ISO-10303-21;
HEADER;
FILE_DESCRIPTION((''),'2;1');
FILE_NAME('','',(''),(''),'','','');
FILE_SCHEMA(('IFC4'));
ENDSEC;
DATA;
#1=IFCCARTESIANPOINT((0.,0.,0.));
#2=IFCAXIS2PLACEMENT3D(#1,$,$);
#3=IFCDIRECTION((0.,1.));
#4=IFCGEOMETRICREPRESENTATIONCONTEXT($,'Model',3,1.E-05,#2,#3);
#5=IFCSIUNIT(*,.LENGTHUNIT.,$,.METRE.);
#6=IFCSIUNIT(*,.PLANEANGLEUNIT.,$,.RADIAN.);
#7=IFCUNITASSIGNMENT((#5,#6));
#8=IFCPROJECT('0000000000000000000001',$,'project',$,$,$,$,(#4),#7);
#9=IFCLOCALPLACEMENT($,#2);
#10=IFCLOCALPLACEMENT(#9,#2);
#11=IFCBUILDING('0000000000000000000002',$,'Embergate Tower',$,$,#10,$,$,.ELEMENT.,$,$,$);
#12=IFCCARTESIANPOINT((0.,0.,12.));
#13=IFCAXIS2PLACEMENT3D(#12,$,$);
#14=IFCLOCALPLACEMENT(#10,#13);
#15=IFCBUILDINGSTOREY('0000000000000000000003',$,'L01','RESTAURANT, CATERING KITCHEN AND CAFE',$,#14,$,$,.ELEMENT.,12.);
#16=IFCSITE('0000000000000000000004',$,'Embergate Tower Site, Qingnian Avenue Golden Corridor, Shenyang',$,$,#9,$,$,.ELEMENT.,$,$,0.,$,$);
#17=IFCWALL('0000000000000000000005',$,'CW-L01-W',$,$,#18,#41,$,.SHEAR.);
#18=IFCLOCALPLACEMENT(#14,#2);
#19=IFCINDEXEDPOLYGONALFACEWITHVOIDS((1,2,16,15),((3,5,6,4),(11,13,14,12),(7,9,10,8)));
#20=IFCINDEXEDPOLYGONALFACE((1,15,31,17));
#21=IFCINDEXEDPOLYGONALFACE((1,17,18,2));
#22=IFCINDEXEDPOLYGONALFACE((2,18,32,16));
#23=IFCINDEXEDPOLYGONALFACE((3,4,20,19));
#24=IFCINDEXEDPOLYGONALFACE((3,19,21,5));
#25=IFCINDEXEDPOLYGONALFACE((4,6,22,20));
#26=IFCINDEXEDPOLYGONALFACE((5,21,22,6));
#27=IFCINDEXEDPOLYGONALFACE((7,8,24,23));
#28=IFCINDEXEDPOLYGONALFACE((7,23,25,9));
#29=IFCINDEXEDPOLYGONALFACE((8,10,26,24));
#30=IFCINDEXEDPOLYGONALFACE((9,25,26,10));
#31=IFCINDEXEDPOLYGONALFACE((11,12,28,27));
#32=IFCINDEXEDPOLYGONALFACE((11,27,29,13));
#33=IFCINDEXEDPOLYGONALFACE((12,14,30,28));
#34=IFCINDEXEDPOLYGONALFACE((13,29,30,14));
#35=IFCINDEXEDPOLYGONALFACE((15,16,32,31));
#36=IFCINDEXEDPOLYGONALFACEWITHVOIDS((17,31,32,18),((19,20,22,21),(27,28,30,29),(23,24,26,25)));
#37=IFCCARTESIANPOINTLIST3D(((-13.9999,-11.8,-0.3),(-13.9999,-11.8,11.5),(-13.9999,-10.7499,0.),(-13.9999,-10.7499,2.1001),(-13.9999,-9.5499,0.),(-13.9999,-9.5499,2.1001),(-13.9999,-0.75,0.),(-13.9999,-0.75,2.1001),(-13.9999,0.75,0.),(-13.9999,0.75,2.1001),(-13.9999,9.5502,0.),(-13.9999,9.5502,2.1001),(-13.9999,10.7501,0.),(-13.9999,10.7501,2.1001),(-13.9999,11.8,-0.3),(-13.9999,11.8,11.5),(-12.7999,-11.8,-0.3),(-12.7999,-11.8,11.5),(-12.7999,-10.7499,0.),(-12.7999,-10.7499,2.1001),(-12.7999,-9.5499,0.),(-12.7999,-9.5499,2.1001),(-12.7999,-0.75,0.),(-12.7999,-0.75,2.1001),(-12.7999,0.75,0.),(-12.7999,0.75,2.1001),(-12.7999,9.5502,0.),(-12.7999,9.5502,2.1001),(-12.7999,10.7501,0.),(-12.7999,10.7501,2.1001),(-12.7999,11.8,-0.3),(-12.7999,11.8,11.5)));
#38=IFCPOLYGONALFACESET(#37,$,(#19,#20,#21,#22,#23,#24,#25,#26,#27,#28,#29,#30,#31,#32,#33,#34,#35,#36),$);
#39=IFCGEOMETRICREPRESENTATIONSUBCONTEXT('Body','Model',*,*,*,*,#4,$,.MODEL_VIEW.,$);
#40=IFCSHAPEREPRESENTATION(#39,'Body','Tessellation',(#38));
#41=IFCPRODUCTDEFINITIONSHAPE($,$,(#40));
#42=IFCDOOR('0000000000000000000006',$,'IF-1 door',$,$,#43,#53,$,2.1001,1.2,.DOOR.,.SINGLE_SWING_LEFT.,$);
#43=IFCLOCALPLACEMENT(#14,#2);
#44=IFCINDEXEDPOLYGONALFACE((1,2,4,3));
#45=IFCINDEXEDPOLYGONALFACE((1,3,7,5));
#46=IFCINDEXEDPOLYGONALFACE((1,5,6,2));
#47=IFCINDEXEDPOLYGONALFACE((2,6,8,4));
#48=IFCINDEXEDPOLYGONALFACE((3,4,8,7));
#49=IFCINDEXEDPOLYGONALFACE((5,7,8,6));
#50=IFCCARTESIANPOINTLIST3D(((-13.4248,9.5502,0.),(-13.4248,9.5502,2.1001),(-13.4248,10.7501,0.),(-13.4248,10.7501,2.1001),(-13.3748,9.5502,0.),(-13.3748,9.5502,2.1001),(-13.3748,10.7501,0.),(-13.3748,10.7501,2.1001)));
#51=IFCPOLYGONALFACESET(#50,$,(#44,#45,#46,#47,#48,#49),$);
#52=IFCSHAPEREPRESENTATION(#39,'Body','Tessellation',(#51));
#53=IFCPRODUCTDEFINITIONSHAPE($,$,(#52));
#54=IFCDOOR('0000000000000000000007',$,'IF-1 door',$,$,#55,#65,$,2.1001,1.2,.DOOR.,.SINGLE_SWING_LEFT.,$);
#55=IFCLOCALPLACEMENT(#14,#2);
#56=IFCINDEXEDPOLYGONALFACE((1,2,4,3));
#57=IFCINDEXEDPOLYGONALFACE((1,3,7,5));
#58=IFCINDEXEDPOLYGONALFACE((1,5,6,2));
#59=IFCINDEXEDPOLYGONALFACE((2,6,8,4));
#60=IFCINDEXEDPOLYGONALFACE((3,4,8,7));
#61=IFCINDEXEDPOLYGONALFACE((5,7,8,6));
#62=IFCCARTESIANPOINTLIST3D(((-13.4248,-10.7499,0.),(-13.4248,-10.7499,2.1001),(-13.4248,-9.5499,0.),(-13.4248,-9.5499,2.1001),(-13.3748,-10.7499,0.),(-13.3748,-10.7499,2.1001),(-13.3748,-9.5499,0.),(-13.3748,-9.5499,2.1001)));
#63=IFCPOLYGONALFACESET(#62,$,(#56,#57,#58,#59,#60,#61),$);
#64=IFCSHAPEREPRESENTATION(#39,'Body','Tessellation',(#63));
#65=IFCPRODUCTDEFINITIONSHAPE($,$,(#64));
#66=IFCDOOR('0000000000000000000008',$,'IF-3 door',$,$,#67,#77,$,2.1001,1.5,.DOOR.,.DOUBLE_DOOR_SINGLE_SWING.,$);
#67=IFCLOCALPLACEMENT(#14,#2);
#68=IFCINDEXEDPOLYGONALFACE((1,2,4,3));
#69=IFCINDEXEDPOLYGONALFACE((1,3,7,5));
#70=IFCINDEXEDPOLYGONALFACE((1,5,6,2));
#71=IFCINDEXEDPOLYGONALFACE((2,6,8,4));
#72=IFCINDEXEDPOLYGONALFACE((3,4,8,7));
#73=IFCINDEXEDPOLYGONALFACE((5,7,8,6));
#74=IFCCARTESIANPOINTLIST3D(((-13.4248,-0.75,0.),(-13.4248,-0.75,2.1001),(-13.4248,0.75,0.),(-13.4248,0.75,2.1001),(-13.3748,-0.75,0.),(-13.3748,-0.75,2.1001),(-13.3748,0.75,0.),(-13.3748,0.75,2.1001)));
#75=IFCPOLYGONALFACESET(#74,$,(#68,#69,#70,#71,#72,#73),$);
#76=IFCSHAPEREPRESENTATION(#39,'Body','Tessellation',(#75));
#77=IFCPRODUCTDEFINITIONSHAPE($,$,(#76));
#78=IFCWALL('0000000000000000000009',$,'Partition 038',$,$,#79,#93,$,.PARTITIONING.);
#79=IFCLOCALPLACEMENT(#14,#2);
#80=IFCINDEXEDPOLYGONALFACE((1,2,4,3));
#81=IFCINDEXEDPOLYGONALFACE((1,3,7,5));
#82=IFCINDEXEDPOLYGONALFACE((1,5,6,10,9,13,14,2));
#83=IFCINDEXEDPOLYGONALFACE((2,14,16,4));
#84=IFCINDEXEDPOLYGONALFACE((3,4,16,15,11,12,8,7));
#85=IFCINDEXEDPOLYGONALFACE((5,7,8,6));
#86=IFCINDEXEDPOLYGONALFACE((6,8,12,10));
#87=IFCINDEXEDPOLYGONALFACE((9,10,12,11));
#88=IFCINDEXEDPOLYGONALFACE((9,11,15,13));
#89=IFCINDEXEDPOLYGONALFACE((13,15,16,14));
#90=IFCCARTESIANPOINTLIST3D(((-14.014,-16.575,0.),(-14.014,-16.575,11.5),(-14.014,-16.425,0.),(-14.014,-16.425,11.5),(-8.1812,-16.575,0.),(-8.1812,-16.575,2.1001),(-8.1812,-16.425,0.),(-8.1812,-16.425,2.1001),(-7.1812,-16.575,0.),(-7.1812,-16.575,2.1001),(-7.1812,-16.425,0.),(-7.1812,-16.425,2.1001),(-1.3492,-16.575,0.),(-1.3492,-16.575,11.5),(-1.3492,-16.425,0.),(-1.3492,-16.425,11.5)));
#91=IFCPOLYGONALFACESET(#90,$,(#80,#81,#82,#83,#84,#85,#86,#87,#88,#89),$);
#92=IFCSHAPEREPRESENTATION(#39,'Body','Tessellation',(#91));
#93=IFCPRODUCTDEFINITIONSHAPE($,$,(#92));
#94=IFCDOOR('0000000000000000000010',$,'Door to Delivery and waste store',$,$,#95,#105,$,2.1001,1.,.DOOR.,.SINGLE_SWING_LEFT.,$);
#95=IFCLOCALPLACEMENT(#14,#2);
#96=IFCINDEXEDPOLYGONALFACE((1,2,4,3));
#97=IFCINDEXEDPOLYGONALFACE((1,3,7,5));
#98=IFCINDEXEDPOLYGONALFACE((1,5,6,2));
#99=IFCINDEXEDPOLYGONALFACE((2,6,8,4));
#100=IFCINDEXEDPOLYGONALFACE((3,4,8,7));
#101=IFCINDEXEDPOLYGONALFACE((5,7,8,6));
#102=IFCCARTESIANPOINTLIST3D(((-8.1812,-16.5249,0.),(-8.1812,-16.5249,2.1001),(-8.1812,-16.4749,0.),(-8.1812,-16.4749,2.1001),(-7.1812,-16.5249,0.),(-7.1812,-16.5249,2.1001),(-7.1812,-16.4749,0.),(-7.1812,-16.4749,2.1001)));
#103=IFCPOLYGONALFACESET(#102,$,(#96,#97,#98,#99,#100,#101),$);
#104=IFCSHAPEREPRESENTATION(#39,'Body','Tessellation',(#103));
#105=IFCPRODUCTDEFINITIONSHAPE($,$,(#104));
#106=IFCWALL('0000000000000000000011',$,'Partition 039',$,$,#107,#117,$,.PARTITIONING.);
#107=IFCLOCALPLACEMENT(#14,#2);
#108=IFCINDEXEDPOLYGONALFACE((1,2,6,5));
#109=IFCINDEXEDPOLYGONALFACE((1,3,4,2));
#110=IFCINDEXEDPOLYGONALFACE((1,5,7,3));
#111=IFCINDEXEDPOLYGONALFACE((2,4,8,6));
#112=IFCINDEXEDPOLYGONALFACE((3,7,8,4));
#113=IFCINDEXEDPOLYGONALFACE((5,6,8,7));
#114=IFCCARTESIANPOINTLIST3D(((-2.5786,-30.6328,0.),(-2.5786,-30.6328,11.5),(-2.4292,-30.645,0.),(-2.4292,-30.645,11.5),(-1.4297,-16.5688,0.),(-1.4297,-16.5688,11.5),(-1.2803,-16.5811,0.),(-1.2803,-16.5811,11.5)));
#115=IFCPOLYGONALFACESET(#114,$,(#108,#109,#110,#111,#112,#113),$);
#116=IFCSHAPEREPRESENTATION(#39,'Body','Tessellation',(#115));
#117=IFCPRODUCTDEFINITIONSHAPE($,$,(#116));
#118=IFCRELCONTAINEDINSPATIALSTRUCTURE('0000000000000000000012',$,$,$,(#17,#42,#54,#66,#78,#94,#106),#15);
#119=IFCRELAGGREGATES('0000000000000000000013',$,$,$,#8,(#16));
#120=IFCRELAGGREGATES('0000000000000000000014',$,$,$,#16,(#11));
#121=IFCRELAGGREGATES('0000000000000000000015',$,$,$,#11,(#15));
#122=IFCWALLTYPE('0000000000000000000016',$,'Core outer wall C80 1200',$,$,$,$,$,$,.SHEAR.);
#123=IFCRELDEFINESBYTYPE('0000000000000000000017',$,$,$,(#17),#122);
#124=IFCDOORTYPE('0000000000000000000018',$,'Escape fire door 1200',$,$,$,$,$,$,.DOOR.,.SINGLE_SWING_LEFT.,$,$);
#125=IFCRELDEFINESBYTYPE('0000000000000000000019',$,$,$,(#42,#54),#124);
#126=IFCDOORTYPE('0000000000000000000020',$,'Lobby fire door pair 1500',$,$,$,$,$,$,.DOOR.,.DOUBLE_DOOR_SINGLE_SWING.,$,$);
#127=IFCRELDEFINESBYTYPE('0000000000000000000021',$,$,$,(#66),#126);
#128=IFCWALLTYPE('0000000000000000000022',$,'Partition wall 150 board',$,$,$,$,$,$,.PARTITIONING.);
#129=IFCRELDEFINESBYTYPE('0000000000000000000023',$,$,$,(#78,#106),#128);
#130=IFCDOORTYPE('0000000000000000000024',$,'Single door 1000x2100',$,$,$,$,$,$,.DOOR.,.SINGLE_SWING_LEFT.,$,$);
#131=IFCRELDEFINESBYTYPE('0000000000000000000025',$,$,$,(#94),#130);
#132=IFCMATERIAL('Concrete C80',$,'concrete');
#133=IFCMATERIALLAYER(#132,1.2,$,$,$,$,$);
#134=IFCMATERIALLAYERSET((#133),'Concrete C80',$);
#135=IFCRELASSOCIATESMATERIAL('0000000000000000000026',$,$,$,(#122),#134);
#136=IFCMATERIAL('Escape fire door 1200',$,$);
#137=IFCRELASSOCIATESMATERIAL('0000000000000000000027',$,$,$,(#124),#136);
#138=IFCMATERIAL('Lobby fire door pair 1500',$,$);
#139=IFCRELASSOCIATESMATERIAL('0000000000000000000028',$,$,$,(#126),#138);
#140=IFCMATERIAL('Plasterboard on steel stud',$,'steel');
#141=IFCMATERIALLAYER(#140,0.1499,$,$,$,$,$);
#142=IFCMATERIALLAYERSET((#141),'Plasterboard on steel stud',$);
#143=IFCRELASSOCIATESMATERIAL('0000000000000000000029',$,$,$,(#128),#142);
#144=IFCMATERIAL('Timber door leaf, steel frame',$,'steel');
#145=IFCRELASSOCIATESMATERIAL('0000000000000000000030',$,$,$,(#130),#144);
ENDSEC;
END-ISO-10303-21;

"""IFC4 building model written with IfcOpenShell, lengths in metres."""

from ifc_helpers import new_model, si_unit, direction, frame, frame_2d, origin, place, context, subcontext, project, spatial, rectangle, extrude, source, transform, mapped, material, layer, layer_set, type_object, element, fill, save


model = new_model("IFC4")

# Units and contexts
model_context = context("Model", 3, precision=1e-05, world=origin(), true_north=direction((0.0, 1.0)))
body_context = subcontext(model_context, "Body", "Model", "MODEL_VIEW")
ifc_project = project(units=[si_unit("LENGTHUNIT", "METRE"), si_unit("PLANEANGLEUNIT", "RADIAN")], contexts=[model_context])

# Site, building, storey
site_placement = place(None, origin())
site = spatial("IfcSite", under=ifc_project, at=site_placement, Name="Embergate Tower Site, Qingnian Avenue Golden Corridor, Shenyang", CompositionType="ELEMENT", RefElevation=0.0)
building_placement = place(site_placement, origin())
building = spatial("IfcBuilding", under=site, at=building_placement, Name="Embergate Tower", CompositionType="ELEMENT")
storey_placement = place(building_placement, frame((0.0, 0.0, 12.0)))
storey = spatial("IfcBuildingStorey", under=building, at=storey_placement, Name="L01", Description="RESTAURANT, CATERING KITCHEN AND CAFE", CompositionType="ELEMENT", Elevation=12.0)

# Wall, openings, doors
ifc_material_1 = material(Name="Concrete C80", Category="concrete")
ifc_layer_1 = layer(ifc_material_1, 1.2)
ifc_layer_set_1 = layer_set([ifc_layer_1], Name="Concrete C80")
wall_type_1 = type_object("IfcWallType", Name="Core outer wall C80 1200", PredefinedType="SHEAR", material=ifc_layer_set_1)
shared_shape_1 = source(origin(), body_context, "Body", "SweptSolid", [
    extrude(rectangle(XDim=23.6001, YDim=1.2, at=frame_2d((11.8, 0.0))), origin(), (0.0, 0.0, 1.0), 11.8),
])
wall_1_placement = place(storey_placement, frame((-13.3999, -11.8, -0.3), z_axis=(0.0, 0.0, 1.0), x_axis=(0.0, 1.0, 0.0)))
wall_1 = element("IfcWall", 1, at=wall_1_placement, inside=storey, type_object=wall_type_1, Name="CW-L01-W", PredefinedType="SHEAR", context=body_context, shape_type="MappedRepresentation", body=[
    mapped(shared_shape_1, transform((0.0, 0.0, 0.0))),
])
shared_shape_2 = source(origin(), body_context, "Body", "SweptSolid", [
    extrude(rectangle(XDim=1.2, YDim=2.1001, at=frame_2d((0.6001, 1.05))), frame((0.0, 0.6099, 0.0), z_axis=(0.0, -1.0, 0.0), x_axis=(1.0, 0.0, 0.0)), (0.0, 0.0, 1.0), 1.22),
])
opening_1_placement = place(wall_1_placement, frame((21.3501, 0.0, 0.3)))
opening_1 = element("IfcOpeningElement", 2, at=opening_1_placement, cuts=wall_1, PredefinedType="OPENING", context=body_context, shape_type="MappedRepresentation", body=[
    mapped(shared_shape_2, transform((0.0, 0.0, 0.0))),
])
opening_2_placement = place(wall_1_placement, frame((1.05, 0.0, 0.3)))
opening_2 = element("IfcOpeningElement", 3, at=opening_2_placement, cuts=wall_1, PredefinedType="OPENING", context=body_context, shape_type="MappedRepresentation", body=[
    mapped(shared_shape_2, transform((0.0, 0.0, 0.0))),
])
shared_shape_3 = source(origin(), body_context, "Body", "SweptSolid", [
    extrude(rectangle(XDim=1.5, YDim=2.1001, at=frame_2d((0.75, 1.05))), frame((0.0, 0.6099, 0.0), z_axis=(0.0, -1.0, 0.0), x_axis=(1.0, 0.0, 0.0)), (0.0, 0.0, 1.0), 1.22),
])
opening_3_placement = place(wall_1_placement, frame((11.05, 0.0, 0.3)))
opening_3 = element("IfcOpeningElement", 4, at=opening_3_placement, cuts=wall_1, PredefinedType="OPENING", context=body_context, shape_type="MappedRepresentation", body=[
    mapped(shared_shape_3, transform((0.0, 0.0, 0.0))),
])
ifc_material_2 = material(Name="Escape fire door 1200")
door_type_1 = type_object("IfcDoorType", Name="Escape fire door 1200", OperationType="SINGLE_SWING_LEFT", PredefinedType="DOOR", material=ifc_material_2)
shared_shape_4 = source(origin(), body_context, "Body", "SweptSolid", [
    extrude(rectangle(XDim=1.2, YDim=2.1001, at=frame_2d((0.6001, 1.05))), frame((0.0, 0.0249, 0.0), z_axis=(0.0, -1.0, 0.0), x_axis=(1.0, 0.0, 0.0)), (0.0, 0.0, 1.0), 0.05),
])
door_1_placement = place(opening_1_placement, origin())
door_1 = element("IfcDoor", 5, at=door_1_placement, inside=storey, type_object=door_type_1, Name="IF-1 door", OperationType="SINGLE_SWING_LEFT", OverallHeight=2.1001, OverallWidth=1.2, PredefinedType="DOOR", context=body_context, shape_type="MappedRepresentation", body=[
    mapped(shared_shape_4, transform((0.0, 0.0, 0.0))),
])
fill(opening_1, door_1)
door_2_placement = place(opening_2_placement, origin())
door_2 = element("IfcDoor", 6, at=door_2_placement, inside=storey, type_object=door_type_1, Name="IF-1 door", OperationType="SINGLE_SWING_LEFT", OverallHeight=2.1001, OverallWidth=1.2, PredefinedType="DOOR", context=body_context, shape_type="MappedRepresentation", body=[
    mapped(shared_shape_4, transform((0.0, 0.0, 0.0))),
])
fill(opening_2, door_2)
ifc_material_3 = material(Name="Lobby fire door pair 1500")
door_type_2 = type_object("IfcDoorType", Name="Lobby fire door pair 1500", OperationType="DOUBLE_DOOR_SINGLE_SWING", PredefinedType="DOOR", material=ifc_material_3)
shared_shape_5 = source(origin(), body_context, "Body", "SweptSolid", [
    extrude(rectangle(XDim=1.5, YDim=2.1001, at=frame_2d((0.75, 1.05))), frame((0.0, 0.0249, 0.0), z_axis=(0.0, -1.0, 0.0), x_axis=(1.0, 0.0, 0.0)), (0.0, 0.0, 1.0), 0.05),
])
door_3_placement = place(opening_3_placement, origin())
door_3 = element("IfcDoor", 7, at=door_3_placement, inside=storey, type_object=door_type_2, Name="IF-3 door", OperationType="DOUBLE_DOOR_SINGLE_SWING", OverallHeight=2.1001, OverallWidth=1.5, PredefinedType="DOOR", context=body_context, shape_type="MappedRepresentation", body=[
    mapped(shared_shape_5, transform((0.0, 0.0, 0.0))),
])
fill(opening_3, door_3)

# Wall, opening, door
ifc_material_4 = material(Name="Plasterboard on steel stud", Category="steel")
ifc_layer_2 = layer(ifc_material_4, 0.1499)
ifc_layer_set_2 = layer_set([ifc_layer_2], Name="Plasterboard on steel stud")
wall_type_2 = type_object("IfcWallType", Name="Partition wall 150 board", PredefinedType="PARTITIONING", material=ifc_layer_set_2)
shared_shape_6 = source(origin(), body_context, "Body", "SweptSolid", [
    extrude(rectangle(XDim=12.6648, YDim=0.1499, at=frame_2d((6.3325, 0.0))), origin(), (0.0, 0.0, 1.0), 11.5),
])
wall_2_placement = place(storey_placement, frame((-1.3491, -16.5, 0.0), z_axis=(0.0, 0.0, 1.0), x_axis=(-1.0, 0.0, 0.0)))
wall_2 = element("IfcWall", 8, at=wall_2_placement, inside=storey, type_object=wall_type_2, Name="Partition 038", PredefinedType="PARTITIONING", context=body_context, shape_type="MappedRepresentation", body=[
    mapped(shared_shape_6, transform((0.0, 0.0, 0.0))),
])
shared_shape_7 = source(origin(), body_context, "Body", "SweptSolid", [
    extrude(rectangle(XDim=1.0, YDim=2.1001, at=frame_2d((0.5, 1.05))), frame((0.0, 0.085, 0.0), z_axis=(0.0, -1.0, 0.0), x_axis=(1.0, 0.0, 0.0)), (0.0, 0.0, 1.0), 0.1699),
])
opening_4_placement = place(wall_2_placement, frame((5.832, 0.0, 0.0)))
opening_4 = element("IfcOpeningElement", 9, at=opening_4_placement, cuts=wall_2, PredefinedType="OPENING", context=body_context, shape_type="MappedRepresentation", body=[
    mapped(shared_shape_7, transform((0.0, 0.0, 0.0))),
])
ifc_material_5 = material(Name="Timber door leaf, steel frame", Category="steel")
door_type_3 = type_object("IfcDoorType", Name="Single door 1000x2100", OperationType="SINGLE_SWING_LEFT", PredefinedType="DOOR", material=ifc_material_5)
shared_shape_8 = source(origin(), body_context, "Body", "SweptSolid", [
    extrude(rectangle(XDim=1.0, YDim=2.1001, at=frame_2d((0.5, 1.05))), frame((0.0, 0.0249, 0.0), z_axis=(0.0, -1.0, 0.0), x_axis=(1.0, 0.0, 0.0)), (0.0, 0.0, 1.0), 0.05),
])
door_4_placement = place(opening_4_placement, origin())
door_4 = element("IfcDoor", 10, at=door_4_placement, inside=storey, type_object=door_type_3, Name="Door to Delivery and waste store", OperationType="SINGLE_SWING_LEFT", OverallHeight=2.1001, OverallWidth=1.0, PredefinedType="DOOR", context=body_context, shape_type="MappedRepresentation", body=[
    mapped(shared_shape_8, transform((0.0, 0.0, 0.0))),
])
fill(opening_4, door_4)

# Wall
shared_shape_9 = source(origin(), body_context, "Body", "SweptSolid", [
    extrude(rectangle(XDim=14.1108, YDim=0.1499, at=frame_2d((7.0554, 0.0))), origin(), (0.0, 0.0, 1.0), 11.5),
])
wall_3_placement = place(storey_placement, frame((-1.355, -16.575, 0.0), z_axis=(0.0, 0.0, 1.0), x_axis=(-0.081422, -0.99668, 0.0)))
element("IfcWall", 11, at=wall_3_placement, inside=storey, type_object=wall_type_2, Name="Partition 039", PredefinedType="PARTITIONING", context=body_context, shape_type="MappedRepresentation", body=[
    mapped(shared_shape_9, transform((0.0, 0.0, 0.0))),
])

save(model, "model.ifc")
